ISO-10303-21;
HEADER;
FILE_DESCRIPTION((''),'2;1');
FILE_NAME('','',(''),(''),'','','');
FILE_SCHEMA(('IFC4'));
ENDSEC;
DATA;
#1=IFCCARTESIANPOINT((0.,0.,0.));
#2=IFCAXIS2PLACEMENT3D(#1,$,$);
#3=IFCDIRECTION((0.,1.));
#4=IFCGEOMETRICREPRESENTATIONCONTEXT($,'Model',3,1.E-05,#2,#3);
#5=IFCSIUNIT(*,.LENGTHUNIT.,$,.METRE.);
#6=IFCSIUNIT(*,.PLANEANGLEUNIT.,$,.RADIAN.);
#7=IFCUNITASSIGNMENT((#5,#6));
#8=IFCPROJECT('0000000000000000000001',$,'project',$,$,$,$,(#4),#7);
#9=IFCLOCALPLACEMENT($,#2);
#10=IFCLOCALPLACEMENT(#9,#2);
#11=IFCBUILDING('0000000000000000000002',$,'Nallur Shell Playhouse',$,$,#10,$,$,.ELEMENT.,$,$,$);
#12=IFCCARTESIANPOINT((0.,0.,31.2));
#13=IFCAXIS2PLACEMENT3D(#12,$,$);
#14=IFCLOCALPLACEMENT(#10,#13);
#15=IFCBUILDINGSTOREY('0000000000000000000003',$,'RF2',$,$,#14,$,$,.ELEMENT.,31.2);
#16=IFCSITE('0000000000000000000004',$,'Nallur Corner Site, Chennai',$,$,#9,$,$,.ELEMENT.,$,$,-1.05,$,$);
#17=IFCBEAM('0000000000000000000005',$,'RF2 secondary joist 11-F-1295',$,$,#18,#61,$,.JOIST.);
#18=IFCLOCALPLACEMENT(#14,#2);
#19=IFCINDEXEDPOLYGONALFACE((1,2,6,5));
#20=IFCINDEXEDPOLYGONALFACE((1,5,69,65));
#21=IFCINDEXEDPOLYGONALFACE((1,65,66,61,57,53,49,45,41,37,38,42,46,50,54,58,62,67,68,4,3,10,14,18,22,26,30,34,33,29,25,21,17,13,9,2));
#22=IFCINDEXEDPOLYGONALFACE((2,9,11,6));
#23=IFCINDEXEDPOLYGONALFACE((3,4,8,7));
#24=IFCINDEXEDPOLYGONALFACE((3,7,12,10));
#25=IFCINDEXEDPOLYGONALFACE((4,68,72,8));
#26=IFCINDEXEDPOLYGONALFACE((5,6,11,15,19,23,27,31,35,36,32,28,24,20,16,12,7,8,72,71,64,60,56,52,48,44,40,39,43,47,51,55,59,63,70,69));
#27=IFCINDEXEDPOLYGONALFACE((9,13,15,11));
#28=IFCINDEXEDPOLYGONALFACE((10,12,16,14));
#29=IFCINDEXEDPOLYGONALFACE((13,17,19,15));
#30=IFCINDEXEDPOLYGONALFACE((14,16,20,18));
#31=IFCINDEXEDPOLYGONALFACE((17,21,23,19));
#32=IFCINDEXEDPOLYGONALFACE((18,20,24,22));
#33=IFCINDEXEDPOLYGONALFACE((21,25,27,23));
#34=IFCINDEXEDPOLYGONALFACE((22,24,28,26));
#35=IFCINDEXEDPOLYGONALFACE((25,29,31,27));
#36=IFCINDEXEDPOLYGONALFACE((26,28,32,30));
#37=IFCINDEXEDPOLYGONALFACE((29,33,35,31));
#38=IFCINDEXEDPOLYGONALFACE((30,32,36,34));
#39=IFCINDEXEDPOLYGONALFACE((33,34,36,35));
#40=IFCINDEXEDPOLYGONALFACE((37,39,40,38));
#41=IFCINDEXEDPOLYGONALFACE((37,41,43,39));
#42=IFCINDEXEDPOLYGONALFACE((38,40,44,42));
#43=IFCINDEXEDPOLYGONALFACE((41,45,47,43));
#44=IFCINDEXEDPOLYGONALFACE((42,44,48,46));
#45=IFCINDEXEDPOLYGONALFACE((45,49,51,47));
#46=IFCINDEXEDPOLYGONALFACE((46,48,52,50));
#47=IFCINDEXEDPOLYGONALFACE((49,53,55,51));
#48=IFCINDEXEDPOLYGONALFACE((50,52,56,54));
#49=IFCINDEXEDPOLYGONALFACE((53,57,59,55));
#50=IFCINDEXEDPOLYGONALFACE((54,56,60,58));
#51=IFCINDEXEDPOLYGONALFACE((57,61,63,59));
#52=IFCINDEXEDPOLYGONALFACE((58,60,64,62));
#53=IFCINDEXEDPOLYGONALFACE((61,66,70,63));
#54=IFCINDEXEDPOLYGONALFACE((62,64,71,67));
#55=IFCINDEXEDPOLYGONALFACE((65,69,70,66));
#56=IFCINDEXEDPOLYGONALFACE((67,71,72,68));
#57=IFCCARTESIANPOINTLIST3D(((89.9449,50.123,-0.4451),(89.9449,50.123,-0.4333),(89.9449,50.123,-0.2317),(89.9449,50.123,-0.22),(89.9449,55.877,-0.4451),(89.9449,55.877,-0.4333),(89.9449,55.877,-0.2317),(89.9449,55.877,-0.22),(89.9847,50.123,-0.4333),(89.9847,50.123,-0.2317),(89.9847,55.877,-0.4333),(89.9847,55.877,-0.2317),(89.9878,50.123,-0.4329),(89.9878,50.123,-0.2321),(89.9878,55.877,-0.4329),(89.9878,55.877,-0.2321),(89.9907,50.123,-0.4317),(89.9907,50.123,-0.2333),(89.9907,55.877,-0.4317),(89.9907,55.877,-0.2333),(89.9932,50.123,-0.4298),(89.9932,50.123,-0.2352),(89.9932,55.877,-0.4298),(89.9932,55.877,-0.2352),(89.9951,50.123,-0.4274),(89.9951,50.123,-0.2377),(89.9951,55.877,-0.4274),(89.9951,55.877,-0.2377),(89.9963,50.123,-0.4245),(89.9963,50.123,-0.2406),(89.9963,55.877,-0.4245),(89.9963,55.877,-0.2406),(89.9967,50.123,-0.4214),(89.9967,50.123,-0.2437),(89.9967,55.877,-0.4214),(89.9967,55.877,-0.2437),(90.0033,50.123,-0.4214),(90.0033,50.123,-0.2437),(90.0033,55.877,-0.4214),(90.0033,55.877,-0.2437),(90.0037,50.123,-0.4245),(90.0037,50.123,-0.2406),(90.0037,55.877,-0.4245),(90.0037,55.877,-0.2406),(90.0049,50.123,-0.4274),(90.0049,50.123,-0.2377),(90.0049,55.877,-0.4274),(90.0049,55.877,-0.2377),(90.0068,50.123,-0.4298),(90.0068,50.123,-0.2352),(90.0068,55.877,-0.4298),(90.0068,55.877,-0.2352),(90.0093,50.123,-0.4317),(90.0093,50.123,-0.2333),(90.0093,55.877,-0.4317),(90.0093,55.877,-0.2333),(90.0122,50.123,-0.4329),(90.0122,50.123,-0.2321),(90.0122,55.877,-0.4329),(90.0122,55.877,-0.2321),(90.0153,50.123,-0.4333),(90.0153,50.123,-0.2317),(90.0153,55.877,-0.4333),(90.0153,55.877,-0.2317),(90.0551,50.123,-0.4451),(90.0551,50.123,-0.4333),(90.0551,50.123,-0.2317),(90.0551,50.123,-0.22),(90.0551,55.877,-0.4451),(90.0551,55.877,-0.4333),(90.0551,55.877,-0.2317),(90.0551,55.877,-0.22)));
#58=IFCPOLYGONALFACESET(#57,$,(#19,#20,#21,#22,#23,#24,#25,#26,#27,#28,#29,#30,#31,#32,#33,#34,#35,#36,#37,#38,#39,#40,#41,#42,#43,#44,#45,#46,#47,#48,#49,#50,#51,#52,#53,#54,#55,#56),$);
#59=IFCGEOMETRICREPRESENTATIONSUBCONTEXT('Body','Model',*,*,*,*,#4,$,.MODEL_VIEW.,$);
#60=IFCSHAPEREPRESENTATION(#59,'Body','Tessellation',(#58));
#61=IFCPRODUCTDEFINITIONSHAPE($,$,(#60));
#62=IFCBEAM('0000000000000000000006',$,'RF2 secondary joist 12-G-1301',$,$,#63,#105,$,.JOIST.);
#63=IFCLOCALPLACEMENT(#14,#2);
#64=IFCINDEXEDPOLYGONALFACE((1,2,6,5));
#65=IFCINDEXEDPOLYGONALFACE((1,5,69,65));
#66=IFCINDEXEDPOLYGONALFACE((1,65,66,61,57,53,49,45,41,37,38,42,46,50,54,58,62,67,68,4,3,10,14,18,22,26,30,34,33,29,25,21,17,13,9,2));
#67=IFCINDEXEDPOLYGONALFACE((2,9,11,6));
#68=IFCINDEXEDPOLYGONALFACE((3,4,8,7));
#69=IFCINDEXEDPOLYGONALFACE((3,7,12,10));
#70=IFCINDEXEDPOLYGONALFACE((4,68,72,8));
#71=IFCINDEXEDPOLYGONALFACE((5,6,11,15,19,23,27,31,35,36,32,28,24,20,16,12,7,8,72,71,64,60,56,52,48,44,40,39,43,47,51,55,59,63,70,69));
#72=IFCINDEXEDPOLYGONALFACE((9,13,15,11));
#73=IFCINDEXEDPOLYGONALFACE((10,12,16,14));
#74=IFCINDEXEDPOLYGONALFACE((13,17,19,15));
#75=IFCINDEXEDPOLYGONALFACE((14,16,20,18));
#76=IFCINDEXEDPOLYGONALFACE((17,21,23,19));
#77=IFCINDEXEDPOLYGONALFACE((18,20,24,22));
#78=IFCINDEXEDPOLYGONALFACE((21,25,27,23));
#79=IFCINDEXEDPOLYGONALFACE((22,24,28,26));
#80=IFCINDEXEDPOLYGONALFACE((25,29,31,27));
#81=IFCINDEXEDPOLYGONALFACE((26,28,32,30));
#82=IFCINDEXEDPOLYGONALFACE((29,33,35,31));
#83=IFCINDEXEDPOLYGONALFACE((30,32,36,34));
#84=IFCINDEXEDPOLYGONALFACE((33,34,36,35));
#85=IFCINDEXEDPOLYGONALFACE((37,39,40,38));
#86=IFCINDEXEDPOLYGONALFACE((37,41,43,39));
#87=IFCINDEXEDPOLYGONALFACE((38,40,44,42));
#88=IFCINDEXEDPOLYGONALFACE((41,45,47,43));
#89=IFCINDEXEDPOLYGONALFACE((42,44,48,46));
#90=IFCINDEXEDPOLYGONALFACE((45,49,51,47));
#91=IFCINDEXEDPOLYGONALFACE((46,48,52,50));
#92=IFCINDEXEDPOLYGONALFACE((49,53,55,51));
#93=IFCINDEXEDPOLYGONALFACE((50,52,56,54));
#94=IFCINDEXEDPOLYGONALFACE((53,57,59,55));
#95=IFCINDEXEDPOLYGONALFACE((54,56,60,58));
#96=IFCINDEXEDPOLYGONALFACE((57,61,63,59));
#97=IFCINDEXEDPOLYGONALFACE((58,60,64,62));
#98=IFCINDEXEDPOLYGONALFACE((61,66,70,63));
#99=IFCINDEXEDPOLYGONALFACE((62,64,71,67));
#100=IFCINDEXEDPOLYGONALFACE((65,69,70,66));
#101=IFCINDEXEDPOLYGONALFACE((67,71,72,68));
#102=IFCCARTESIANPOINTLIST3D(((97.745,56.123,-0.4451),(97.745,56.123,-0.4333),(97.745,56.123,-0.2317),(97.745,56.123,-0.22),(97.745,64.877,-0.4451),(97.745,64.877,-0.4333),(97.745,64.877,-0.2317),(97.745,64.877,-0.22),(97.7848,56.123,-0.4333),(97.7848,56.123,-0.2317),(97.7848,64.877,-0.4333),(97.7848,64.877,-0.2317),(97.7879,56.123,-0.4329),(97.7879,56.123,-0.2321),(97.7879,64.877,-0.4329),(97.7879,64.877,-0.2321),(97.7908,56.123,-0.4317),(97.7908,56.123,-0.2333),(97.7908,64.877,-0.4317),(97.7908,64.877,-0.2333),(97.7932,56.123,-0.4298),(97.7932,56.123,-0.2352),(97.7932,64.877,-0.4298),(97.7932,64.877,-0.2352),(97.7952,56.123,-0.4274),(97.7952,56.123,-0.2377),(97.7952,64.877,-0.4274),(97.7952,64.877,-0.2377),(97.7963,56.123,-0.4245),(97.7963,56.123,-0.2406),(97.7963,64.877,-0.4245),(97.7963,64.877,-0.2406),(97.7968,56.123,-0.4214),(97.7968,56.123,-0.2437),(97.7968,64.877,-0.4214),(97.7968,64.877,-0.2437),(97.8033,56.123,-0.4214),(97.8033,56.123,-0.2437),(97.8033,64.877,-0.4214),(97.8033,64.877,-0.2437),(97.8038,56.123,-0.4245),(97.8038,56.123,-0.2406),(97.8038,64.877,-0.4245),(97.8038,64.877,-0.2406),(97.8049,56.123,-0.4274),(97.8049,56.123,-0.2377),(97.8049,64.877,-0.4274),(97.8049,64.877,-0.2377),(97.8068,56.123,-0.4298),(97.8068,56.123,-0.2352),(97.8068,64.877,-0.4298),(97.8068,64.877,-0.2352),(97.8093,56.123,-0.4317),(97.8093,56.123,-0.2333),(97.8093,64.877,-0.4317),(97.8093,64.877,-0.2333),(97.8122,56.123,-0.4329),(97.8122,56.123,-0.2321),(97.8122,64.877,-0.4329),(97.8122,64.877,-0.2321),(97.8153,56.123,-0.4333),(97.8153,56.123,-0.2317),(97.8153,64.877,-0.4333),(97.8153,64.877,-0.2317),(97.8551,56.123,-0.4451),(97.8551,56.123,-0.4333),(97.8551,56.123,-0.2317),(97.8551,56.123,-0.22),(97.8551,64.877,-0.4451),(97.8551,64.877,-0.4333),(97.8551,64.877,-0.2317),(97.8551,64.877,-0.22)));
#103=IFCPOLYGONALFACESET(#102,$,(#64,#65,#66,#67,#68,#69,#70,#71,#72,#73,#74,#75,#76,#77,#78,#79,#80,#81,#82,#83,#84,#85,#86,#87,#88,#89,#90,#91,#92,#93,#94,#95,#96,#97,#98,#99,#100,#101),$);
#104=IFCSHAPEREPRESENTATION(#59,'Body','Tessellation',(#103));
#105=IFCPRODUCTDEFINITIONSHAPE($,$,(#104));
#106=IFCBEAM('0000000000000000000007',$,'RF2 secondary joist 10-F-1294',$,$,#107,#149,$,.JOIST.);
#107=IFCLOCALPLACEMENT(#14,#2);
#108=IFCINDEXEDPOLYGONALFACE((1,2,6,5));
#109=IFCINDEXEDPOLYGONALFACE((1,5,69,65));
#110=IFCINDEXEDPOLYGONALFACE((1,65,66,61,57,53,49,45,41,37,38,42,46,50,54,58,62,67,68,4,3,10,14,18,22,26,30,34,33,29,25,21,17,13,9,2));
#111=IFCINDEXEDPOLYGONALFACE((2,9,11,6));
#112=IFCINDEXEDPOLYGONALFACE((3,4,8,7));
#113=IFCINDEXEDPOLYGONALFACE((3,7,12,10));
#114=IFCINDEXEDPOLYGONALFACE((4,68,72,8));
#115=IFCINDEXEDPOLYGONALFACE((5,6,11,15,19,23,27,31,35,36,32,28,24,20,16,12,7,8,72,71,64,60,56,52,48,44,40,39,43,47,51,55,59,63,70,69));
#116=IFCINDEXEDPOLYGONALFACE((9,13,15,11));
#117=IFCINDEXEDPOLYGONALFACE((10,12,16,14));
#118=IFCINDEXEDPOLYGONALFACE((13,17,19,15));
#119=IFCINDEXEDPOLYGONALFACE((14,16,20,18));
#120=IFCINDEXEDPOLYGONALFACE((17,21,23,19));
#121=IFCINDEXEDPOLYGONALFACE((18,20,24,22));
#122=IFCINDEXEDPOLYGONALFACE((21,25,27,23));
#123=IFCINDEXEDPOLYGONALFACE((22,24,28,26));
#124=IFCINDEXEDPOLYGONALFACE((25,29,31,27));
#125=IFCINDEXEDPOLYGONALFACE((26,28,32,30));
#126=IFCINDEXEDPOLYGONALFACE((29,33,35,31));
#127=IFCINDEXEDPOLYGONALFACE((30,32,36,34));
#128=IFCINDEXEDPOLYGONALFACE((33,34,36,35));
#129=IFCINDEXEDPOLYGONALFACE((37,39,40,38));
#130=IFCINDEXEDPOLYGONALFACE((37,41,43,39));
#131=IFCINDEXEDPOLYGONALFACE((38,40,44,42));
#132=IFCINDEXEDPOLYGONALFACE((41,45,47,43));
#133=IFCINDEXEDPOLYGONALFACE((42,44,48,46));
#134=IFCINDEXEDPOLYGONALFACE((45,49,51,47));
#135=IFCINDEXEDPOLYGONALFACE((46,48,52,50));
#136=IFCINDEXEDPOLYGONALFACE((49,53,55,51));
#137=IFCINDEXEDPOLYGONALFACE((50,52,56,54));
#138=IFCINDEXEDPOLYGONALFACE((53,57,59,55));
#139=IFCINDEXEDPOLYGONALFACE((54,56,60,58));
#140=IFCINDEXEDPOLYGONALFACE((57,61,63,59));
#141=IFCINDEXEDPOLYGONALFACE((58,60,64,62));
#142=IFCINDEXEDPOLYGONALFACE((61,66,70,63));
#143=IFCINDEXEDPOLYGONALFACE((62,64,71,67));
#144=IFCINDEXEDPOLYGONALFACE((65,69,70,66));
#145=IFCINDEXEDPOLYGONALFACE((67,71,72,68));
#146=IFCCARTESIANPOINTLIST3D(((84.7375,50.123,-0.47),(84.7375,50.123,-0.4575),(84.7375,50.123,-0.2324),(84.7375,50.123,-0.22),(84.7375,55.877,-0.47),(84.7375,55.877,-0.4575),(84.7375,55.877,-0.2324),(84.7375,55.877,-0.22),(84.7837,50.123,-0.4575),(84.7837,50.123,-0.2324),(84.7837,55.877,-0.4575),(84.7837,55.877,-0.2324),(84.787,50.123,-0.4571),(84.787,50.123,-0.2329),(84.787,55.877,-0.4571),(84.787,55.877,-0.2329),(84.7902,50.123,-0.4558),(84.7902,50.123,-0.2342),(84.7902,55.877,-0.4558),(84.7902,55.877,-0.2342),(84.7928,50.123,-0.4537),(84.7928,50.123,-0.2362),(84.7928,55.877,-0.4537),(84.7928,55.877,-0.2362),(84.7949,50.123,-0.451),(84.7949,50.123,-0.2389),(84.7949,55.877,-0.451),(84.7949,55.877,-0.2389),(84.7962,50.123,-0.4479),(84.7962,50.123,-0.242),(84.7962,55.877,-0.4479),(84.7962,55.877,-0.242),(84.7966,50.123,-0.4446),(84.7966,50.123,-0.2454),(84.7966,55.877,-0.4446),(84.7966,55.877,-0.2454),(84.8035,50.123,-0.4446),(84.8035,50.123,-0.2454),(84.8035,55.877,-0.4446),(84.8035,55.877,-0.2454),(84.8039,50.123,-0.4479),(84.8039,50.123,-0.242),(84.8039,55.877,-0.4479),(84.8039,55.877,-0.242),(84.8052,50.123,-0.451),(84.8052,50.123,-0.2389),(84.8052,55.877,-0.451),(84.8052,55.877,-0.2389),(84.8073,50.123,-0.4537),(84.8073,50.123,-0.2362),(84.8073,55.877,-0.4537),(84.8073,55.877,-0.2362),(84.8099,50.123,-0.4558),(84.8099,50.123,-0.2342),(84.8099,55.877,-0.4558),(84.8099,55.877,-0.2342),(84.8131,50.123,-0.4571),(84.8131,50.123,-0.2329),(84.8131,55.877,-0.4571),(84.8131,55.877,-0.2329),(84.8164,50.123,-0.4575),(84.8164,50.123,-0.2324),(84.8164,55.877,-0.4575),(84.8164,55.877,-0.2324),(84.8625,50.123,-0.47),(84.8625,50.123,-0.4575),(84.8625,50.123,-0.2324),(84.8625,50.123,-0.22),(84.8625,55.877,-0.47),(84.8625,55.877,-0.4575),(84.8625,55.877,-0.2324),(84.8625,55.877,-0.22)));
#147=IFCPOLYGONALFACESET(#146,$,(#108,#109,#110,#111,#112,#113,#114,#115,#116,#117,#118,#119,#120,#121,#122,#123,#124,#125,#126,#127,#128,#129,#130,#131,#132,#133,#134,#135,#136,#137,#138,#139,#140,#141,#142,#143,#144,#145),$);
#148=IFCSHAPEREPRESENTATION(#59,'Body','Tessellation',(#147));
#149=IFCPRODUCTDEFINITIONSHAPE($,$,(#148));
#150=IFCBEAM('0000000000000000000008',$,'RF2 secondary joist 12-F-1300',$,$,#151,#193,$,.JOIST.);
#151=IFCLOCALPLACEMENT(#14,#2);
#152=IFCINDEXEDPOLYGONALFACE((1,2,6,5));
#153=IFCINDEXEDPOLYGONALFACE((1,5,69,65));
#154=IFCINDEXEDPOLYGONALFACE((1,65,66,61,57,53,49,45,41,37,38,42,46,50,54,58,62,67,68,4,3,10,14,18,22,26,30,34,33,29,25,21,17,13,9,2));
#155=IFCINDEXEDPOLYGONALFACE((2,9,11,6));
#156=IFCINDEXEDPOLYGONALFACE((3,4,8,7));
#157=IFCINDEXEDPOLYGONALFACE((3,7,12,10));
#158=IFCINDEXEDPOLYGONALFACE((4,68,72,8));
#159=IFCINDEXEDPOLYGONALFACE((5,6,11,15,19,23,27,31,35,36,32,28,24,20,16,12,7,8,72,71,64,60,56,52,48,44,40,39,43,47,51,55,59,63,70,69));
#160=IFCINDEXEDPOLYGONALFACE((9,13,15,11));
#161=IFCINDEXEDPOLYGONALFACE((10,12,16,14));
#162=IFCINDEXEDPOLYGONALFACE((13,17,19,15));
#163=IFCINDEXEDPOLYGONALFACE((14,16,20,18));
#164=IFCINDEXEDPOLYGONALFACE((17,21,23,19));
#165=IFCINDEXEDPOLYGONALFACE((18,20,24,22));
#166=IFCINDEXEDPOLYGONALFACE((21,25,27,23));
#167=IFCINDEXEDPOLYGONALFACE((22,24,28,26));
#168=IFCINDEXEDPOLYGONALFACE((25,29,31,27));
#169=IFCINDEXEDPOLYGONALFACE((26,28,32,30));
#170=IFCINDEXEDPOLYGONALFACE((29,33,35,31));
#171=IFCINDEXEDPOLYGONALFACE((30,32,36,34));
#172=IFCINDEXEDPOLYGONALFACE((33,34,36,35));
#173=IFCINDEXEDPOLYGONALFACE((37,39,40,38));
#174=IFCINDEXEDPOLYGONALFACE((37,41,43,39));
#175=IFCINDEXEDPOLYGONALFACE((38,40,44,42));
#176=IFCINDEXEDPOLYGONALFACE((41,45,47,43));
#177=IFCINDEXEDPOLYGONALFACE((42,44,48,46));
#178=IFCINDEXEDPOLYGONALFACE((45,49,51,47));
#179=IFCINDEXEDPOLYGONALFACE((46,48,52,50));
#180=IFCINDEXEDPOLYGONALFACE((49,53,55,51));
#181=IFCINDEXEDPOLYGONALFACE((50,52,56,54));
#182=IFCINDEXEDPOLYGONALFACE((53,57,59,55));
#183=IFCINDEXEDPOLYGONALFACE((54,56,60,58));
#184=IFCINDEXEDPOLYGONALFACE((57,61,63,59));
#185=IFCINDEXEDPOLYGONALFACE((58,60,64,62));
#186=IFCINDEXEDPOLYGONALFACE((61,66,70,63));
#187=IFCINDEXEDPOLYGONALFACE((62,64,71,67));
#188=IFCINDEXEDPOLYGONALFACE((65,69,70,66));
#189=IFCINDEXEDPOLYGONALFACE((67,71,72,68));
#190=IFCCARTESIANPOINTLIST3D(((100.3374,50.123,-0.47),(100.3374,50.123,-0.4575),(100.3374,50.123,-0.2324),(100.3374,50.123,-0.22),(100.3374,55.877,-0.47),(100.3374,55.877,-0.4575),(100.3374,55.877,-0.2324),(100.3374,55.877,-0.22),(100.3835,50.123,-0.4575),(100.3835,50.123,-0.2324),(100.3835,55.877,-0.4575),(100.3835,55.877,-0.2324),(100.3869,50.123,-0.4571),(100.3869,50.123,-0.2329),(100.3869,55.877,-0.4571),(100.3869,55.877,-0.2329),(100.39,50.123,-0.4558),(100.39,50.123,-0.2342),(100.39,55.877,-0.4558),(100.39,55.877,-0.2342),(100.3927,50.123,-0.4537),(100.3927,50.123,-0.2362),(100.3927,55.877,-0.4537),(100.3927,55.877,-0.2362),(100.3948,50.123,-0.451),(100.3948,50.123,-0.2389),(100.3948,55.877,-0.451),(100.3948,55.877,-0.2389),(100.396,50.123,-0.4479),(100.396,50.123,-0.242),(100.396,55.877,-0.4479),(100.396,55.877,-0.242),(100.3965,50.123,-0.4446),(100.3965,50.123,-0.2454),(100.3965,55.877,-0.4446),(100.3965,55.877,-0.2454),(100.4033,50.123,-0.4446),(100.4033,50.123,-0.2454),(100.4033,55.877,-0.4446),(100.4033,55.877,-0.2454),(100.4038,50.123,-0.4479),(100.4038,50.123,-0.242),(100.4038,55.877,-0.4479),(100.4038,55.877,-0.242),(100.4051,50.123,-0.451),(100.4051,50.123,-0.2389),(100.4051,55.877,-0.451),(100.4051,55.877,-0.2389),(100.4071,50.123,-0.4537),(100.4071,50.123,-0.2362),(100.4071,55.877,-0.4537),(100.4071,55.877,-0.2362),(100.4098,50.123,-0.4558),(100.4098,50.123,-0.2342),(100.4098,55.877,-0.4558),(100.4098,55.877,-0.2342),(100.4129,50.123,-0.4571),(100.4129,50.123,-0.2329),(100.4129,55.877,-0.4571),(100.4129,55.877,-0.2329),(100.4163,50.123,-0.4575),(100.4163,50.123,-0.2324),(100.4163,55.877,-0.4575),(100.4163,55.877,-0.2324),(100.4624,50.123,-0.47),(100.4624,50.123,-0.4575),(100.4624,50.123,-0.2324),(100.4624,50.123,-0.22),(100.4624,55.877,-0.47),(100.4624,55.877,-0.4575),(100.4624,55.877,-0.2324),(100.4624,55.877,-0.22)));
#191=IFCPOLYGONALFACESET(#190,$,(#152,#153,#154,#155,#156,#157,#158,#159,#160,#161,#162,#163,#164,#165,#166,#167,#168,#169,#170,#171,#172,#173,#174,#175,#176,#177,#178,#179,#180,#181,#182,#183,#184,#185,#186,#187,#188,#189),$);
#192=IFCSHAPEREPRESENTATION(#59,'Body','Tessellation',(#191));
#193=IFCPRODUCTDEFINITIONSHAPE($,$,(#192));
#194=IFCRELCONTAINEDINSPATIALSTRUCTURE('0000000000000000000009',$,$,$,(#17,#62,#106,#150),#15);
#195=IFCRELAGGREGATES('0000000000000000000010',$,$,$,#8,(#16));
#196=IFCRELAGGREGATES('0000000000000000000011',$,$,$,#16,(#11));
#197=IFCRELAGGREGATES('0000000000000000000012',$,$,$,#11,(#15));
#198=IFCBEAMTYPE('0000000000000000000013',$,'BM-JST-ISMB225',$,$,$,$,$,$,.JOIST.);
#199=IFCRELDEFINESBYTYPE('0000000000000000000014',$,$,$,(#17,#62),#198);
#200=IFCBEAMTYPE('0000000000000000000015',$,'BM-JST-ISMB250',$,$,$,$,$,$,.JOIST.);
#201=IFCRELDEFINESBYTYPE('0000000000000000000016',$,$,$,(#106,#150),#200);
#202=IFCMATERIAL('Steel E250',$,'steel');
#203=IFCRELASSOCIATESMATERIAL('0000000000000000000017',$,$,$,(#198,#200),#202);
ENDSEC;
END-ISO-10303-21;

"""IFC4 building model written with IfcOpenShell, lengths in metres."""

from ifc_helpers import new_model, si_unit, direction, frame, origin, origin_2d, place, context, subcontext, project, spatial, i_section, extrude, material, material_profile, profile_set, type_object, element, save


model = new_model("IFC4")

# Units and contexts
model_context = context("Model", 3, precision=1e-05, world=origin(), true_north=direction((0.0, 1.0)))
body_context = subcontext(model_context, "Body", "Model", "MODEL_VIEW")
ifc_project = project(units=[si_unit("LENGTHUNIT", "METRE"), si_unit("PLANEANGLEUNIT", "RADIAN")], contexts=[model_context])

# Site, building, storey
site_placement = place(None, origin())
site = spatial("IfcSite", under=ifc_project, at=site_placement, Name="Nallur Corner Site, Chennai", CompositionType="ELEMENT", RefElevation=-1.05)
building_placement = place(site_placement, origin())
building = spatial("IfcBuilding", under=site, at=building_placement, Name="Nallur Shell Playhouse", CompositionType="ELEMENT")
storey_placement = place(building_placement, frame((0.0, 0.0, 31.2)))
storey = spatial("IfcBuildingStorey", under=building, at=storey_placement, Name="RF2", CompositionType="ELEMENT", Elevation=31.2)

# Beams
ifc_material_1 = material(Name="Steel E250", Category="steel")
ifc_material_profile_1 = material_profile(ifc_material_1, i_section(OverallWidth=0.1101, OverallDepth=0.2251, WebThickness=0.0066, FlangeThickness=0.0117, FilletRadius=0.012, at=origin_2d()), Name="ISMB 225")
ifc_profile_set_1 = profile_set([ifc_material_profile_1], Name="Steel E250")
beam_type_1 = type_object("IfcBeamType", Name="BM-JST-ISMB225", PredefinedType="JOIST", material=ifc_profile_set_1)
beam_1_placement = place(storey_placement, frame((90.0, 50.123, -0.3325), z_axis=(0.0, 1.0, 0.0), x_axis=(-1.0, 0.0, 0.0)))
element("IfcBeam", 1, at=beam_1_placement, inside=storey, type_object=beam_type_1, Name="RF2 secondary joist 11-F-1295", PredefinedType="JOIST", context=body_context, shape_type="SweptSolid", body=[
    extrude(i_section(OverallWidth=0.1101, OverallDepth=0.2251, WebThickness=0.0066, FlangeThickness=0.0117, FilletRadius=0.012, at=origin_2d()), origin(), (0.0, 0.0, 1.0), 5.7539),
])
beam_2_placement = place(storey_placement, frame((97.8, 56.123, -0.3325), z_axis=(0.0, 1.0, 0.0), x_axis=(-1.0, 0.0, 0.0)))
element("IfcBeam", 2, at=beam_2_placement, inside=storey, type_object=beam_type_1, Name="RF2 secondary joist 12-G-1301", PredefinedType="JOIST", context=body_context, shape_type="SweptSolid", body=[
    extrude(i_section(OverallWidth=0.1101, OverallDepth=0.2251, WebThickness=0.0066, FlangeThickness=0.0117, FilletRadius=0.012, at=origin_2d()), origin(), (0.0, 0.0, 1.0), 8.7539),
])
ifc_material_profile_2 = material_profile(ifc_material_1, i_section(OverallWidth=0.125, OverallDepth=0.25, WebThickness=0.0068, FlangeThickness=0.0125, FilletRadius=0.0129, at=origin_2d()), Name="ISMB 250")
ifc_profile_set_2 = profile_set([ifc_material_profile_2], Name="Steel E250")
beam_type_2 = type_object("IfcBeamType", Name="BM-JST-ISMB250", PredefinedType="JOIST", material=ifc_profile_set_2)
for number, where, z_axis, x_axis, name in (
    (3, (84.8, 50.123, -0.345), (0.0, 1.0, 0.0), (-1.0, 0.0, 0.0), "RF2 secondary joist 10-F-1294"),
    (4, (100.3999, 50.123, -0.345), (0.0, 1.0, 0.0), (-1.0, 0.0, 0.0), "RF2 secondary joist 12-F-1300"),
):
    element("IfcBeam", number, at=place(storey_placement, frame(where, z_axis=z_axis, x_axis=x_axis)), inside=storey, type_object=beam_type_2, Name=name, PredefinedType="JOIST", context=body_context, shape_type="SweptSolid", body=[
        extrude(i_section(OverallWidth=0.125, OverallDepth=0.25, WebThickness=0.0068, FlangeThickness=0.0125, FilletRadius=0.0129, at=origin_2d()), origin(), (0.0, 0.0, 1.0), 5.7539),
    ])

save(model, "model.ifc")
